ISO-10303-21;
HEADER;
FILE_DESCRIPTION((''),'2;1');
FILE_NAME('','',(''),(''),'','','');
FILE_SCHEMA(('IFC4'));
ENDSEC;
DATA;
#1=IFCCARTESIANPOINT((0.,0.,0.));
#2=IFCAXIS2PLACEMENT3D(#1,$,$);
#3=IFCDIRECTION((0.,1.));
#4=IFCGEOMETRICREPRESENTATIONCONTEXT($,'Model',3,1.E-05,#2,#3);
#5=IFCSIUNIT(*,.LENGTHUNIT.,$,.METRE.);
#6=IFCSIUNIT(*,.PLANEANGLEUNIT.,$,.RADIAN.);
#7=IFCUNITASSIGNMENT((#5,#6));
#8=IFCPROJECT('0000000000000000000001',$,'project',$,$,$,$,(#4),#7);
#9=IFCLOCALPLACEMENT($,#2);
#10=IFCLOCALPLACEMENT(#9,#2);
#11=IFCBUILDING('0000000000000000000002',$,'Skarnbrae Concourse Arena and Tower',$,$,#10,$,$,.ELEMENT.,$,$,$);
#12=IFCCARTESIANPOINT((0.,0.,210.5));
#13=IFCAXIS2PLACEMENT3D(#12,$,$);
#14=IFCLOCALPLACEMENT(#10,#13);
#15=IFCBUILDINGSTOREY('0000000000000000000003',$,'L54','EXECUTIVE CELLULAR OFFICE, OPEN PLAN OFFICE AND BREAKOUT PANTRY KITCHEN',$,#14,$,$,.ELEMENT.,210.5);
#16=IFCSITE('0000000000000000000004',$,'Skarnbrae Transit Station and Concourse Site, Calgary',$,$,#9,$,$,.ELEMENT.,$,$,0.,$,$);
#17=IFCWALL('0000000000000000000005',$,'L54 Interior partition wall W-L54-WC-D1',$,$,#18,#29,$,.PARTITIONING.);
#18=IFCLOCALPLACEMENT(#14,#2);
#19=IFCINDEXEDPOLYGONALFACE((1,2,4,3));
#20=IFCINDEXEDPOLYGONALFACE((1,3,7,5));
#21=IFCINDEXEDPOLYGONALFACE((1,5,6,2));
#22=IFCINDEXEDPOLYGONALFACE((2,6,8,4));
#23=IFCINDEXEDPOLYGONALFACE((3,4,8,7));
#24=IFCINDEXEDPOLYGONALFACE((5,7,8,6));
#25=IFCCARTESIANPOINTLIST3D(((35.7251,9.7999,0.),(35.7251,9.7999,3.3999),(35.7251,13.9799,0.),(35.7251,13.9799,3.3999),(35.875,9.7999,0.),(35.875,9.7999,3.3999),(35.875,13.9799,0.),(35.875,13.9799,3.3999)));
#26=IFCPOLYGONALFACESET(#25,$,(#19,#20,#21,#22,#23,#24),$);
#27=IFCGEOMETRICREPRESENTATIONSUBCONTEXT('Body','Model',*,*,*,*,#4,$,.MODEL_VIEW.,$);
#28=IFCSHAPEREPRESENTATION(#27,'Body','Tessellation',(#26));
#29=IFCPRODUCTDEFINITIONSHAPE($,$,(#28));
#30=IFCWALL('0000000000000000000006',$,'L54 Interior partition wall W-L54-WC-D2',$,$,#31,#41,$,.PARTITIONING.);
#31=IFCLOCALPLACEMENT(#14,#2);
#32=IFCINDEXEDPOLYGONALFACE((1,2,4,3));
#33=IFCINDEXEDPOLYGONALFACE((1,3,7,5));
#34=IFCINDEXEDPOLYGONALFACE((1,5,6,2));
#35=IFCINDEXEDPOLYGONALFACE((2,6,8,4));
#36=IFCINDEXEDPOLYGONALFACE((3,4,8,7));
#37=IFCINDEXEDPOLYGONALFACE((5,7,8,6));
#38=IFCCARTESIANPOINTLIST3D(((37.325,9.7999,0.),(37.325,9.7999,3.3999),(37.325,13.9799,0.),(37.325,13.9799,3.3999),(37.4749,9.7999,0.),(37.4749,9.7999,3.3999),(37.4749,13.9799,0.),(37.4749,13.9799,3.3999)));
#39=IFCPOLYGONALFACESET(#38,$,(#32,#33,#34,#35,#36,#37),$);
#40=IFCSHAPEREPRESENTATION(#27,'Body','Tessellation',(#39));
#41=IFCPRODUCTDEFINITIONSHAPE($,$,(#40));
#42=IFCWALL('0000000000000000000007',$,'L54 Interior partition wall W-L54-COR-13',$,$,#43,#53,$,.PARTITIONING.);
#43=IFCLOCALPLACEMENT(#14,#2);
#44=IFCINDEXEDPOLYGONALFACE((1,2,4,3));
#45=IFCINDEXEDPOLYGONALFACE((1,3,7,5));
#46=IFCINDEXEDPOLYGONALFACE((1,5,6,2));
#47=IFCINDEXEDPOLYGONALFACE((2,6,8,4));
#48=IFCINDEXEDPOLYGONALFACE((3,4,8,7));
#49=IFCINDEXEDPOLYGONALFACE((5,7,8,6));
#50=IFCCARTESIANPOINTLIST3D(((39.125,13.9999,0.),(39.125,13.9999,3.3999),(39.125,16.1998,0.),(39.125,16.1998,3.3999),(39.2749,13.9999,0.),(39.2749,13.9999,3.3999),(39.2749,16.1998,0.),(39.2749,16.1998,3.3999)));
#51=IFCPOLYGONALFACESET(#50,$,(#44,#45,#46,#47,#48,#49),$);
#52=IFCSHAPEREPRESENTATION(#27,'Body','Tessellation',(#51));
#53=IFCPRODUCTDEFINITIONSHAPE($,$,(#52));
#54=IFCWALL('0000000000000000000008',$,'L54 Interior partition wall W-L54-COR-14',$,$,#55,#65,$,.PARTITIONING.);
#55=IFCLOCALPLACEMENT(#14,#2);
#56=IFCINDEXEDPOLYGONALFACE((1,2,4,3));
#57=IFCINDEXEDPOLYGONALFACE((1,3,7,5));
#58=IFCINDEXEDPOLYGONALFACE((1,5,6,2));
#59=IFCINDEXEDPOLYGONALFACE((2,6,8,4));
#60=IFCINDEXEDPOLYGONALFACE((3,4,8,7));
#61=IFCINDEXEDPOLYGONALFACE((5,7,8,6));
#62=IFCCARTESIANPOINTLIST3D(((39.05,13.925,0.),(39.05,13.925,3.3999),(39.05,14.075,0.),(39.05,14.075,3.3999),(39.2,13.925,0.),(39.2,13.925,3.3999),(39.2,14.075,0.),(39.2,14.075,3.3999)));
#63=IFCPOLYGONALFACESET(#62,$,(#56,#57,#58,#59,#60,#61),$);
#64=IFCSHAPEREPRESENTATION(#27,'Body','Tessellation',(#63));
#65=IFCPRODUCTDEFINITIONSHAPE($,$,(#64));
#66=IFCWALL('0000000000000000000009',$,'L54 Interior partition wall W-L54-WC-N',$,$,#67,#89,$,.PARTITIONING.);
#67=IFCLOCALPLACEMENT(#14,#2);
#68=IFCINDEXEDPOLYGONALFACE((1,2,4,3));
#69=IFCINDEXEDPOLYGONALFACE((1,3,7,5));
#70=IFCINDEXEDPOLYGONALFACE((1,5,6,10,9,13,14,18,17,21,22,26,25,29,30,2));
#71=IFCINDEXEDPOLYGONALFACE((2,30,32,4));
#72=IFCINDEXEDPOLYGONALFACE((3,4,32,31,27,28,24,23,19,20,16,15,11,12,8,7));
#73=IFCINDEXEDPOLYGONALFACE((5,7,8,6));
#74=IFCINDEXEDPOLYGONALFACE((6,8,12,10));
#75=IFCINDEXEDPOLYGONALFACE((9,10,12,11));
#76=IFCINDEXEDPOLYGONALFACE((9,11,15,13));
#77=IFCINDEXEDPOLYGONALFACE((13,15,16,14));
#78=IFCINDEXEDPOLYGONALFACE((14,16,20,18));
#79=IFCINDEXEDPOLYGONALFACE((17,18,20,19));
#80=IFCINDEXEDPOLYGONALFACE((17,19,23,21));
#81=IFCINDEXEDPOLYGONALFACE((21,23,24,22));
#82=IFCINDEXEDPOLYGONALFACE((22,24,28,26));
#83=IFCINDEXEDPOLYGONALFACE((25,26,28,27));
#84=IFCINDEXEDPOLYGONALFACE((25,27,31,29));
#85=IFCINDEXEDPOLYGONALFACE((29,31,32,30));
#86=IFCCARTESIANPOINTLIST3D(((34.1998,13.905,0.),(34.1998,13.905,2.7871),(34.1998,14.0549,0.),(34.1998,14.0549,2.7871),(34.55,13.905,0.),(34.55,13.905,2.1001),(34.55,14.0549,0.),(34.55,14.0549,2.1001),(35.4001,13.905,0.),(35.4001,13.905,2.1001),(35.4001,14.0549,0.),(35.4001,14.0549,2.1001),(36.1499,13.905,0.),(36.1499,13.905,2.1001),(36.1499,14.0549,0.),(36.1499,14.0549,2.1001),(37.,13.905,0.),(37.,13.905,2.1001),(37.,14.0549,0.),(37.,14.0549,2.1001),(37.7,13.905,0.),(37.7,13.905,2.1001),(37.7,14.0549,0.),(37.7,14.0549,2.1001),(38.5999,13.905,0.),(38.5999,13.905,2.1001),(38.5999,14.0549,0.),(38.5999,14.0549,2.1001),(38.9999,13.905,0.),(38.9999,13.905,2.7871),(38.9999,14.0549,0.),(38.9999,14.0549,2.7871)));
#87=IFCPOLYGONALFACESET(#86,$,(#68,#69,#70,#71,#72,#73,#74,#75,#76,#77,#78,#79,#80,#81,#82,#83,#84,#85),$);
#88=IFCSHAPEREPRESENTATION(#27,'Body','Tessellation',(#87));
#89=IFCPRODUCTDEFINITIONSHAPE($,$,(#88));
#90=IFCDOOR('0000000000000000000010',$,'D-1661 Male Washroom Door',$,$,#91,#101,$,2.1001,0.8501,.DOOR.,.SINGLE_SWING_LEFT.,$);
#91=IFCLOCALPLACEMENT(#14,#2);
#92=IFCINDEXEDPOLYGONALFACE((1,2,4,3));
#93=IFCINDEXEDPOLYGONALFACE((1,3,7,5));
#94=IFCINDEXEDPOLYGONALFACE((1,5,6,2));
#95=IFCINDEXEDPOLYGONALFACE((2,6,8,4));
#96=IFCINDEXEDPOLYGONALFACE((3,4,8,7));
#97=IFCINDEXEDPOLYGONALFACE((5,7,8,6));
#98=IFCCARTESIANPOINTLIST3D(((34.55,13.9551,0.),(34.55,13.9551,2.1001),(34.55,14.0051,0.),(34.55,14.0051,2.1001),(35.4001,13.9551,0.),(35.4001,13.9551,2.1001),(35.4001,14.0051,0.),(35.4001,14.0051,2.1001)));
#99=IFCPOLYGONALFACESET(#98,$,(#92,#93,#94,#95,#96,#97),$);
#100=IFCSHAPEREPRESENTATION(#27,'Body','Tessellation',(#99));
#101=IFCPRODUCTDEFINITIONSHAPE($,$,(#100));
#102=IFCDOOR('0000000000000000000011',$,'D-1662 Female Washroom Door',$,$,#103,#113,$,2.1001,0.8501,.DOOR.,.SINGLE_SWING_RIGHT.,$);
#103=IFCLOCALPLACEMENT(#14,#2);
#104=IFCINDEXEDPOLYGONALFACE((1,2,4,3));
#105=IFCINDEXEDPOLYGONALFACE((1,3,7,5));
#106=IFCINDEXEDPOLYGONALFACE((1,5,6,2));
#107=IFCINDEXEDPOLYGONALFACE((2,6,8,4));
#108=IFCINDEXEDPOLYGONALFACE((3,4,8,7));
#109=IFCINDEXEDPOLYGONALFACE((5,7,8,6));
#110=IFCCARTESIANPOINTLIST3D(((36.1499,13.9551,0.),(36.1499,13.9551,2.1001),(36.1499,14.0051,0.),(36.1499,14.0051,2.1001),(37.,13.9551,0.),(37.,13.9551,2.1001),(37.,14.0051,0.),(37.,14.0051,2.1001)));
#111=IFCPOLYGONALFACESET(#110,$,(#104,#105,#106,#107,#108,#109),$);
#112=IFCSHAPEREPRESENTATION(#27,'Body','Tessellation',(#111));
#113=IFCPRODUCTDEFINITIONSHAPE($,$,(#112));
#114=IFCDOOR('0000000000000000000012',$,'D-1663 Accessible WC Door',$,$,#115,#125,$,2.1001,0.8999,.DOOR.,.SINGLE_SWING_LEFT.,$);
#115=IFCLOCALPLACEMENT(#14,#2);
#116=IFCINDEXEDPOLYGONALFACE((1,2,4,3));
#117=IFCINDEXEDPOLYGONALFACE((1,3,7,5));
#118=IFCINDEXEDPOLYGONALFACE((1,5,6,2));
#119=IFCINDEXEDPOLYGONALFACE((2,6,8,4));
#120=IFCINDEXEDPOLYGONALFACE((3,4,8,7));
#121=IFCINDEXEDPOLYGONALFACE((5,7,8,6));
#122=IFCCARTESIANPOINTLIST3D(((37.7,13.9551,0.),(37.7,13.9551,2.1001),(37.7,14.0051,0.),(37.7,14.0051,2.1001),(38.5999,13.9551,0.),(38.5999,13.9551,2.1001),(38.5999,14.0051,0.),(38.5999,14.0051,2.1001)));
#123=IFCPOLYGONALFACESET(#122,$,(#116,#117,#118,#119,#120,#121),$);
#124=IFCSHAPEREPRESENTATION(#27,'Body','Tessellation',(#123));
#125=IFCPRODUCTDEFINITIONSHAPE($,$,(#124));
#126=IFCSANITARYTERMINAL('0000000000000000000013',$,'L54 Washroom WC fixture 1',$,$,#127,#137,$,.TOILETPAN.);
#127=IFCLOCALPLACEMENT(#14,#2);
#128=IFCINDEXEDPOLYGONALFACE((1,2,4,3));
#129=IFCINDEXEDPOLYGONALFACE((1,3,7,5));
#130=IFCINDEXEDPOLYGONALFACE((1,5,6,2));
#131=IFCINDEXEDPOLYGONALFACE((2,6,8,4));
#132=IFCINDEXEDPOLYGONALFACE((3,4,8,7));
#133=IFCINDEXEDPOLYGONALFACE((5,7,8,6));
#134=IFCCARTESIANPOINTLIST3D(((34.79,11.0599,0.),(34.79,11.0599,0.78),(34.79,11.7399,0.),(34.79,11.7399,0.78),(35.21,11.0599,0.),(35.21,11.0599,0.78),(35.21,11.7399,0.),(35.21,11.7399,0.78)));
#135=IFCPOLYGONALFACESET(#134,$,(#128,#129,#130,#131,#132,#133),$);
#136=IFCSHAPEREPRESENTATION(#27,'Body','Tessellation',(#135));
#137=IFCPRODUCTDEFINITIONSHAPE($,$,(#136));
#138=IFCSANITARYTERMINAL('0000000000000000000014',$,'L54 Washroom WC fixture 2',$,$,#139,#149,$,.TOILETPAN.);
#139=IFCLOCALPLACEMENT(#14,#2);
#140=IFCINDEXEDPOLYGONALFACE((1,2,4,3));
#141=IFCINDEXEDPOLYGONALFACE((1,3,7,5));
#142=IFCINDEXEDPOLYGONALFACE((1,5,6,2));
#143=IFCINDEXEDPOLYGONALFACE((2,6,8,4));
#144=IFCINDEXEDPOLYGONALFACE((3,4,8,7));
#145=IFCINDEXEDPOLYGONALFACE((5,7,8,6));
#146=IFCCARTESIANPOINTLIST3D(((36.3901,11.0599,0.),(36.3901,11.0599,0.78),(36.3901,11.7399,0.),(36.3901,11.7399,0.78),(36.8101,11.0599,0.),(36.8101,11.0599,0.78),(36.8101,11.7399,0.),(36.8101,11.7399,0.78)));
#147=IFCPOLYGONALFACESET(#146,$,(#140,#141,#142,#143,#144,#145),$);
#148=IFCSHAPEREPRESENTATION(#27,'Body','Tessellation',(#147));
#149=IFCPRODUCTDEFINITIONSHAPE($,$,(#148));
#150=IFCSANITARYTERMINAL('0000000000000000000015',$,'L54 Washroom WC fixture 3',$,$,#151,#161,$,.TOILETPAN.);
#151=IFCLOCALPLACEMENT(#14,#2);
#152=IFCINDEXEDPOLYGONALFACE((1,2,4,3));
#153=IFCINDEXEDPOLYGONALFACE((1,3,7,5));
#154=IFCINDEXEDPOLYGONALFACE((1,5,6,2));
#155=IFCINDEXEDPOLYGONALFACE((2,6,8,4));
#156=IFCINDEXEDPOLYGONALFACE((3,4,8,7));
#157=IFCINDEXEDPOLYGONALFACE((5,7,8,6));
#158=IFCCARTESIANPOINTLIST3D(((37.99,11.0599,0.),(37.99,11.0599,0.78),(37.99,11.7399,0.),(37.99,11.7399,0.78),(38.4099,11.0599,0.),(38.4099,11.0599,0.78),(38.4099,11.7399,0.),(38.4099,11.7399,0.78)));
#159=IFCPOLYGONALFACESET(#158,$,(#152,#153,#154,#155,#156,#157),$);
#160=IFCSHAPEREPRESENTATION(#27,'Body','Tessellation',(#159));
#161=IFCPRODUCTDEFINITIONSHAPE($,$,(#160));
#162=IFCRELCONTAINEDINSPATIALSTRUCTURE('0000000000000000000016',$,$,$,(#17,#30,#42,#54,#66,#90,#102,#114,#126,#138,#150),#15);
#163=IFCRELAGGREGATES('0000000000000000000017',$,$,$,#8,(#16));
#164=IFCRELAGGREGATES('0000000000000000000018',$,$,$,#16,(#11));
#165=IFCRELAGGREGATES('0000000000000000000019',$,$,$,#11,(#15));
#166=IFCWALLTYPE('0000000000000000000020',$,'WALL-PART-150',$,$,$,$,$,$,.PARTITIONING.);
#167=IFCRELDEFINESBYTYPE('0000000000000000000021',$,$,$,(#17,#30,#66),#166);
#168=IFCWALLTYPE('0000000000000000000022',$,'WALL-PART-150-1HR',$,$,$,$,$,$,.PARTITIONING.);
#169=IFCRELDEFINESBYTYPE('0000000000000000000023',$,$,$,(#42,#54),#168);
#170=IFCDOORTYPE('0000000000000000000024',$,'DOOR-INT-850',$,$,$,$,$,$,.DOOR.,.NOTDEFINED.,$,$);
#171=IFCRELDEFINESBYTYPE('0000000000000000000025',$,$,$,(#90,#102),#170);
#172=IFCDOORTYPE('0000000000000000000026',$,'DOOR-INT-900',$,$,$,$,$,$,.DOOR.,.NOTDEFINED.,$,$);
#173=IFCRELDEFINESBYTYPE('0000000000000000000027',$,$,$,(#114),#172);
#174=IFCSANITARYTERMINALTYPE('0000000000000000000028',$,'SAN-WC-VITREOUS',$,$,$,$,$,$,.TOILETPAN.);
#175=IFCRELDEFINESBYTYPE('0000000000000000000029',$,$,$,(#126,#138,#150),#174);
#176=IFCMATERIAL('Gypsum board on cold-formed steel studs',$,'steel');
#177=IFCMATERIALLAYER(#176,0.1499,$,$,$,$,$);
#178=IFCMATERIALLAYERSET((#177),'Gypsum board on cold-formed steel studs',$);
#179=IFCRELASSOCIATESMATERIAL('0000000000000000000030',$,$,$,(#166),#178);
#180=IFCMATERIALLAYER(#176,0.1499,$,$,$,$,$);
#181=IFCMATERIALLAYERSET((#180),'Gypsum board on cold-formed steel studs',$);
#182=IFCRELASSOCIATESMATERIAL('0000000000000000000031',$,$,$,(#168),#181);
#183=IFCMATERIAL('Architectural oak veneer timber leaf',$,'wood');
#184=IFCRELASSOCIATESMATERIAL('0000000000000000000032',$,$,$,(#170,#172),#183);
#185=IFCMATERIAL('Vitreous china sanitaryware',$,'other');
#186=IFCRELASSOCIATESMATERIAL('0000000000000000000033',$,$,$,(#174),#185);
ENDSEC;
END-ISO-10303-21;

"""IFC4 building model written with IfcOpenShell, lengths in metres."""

from ifc_helpers import new_model, si_unit, direction, frame, frame_2d, origin, origin_2d, place, context, subcontext, project, spatial, rectangle, extrude, source, transform, mapped, material, layer, layer_set, type_object, element, fill, save


model = new_model("IFC4")

# Units and contexts
model_context = context("Model", 3, precision=1e-05, world=origin(), true_north=direction((0.0, 1.0)))
body_context = subcontext(model_context, "Body", "Model", "MODEL_VIEW")
ifc_project = project(units=[si_unit("LENGTHUNIT", "METRE"), si_unit("PLANEANGLEUNIT", "RADIAN")], contexts=[model_context])

# Site, building, storey
site_placement = place(None, origin())
site = spatial("IfcSite", under=ifc_project, at=site_placement, Name="Skarnbrae Transit Station and Concourse Site, Calgary", CompositionType="ELEMENT", RefElevation=0.0)
building_placement = place(site_placement, origin())
building = spatial("IfcBuilding", under=site, at=building_placement, Name="Skarnbrae Concourse Arena and Tower", CompositionType="ELEMENT")
storey_placement = place(building_placement, frame((0.0, 0.0, 210.5)))
storey = spatial("IfcBuildingStorey", under=building, at=storey_placement, Name="L54", Description="EXECUTIVE CELLULAR OFFICE, OPEN PLAN OFFICE AND BREAKOUT PANTRY KITCHEN", CompositionType="ELEMENT", Elevation=210.5)

# Walls
ifc_material_1 = material(Name="Gypsum board on cold-formed steel studs", Category="steel")
ifc_layer_1 = layer(ifc_material_1, 0.1499)
ifc_layer_set_1 = layer_set([ifc_layer_1], Name="Gypsum board on cold-formed steel studs")
wall_type_1 = type_object("IfcWallType", Name="WALL-PART-150", PredefinedType="PARTITIONING", material=ifc_layer_set_1)
shared_shape_1 = source(origin(), body_context, "Body", "SweptSolid", [
    extrude(rectangle(XDim=4.1799, YDim=0.1499, at=frame_2d((2.0898, 0.0))), origin(), (0.0, 0.0, 1.0), 3.3999),
])
for number, where, z_axis, x_axis, name in (
    (1, (35.8, 9.8, 0.0), (0.0, 0.0, 1.0), (0.0, 1.0, 0.0), "L54 Interior partition wall W-L54-WC-D1"),
    (2, (37.3999, 9.8, 0.0), (0.0, 0.0, 1.0), (0.0, 1.0, 0.0), "L54 Interior partition wall W-L54-WC-D2"),
):
    element("IfcWall", number, at=place(storey_placement, frame(where, z_axis=z_axis, x_axis=x_axis)), inside=storey, type_object=wall_type_1, Name=name, PredefinedType="PARTITIONING", context=body_context, shape_type="MappedRepresentation", body=[
        mapped(shared_shape_1, transform((0.0, 0.0, 0.0))),
    ])
ifc_layer_2 = layer(ifc_material_1, 0.1499)
ifc_layer_set_2 = layer_set([ifc_layer_2], Name="Gypsum board on cold-formed steel studs")
wall_type_2 = type_object("IfcWallType", Name="WALL-PART-150-1HR", PredefinedType="PARTITIONING", material=ifc_layer_set_2)
shared_shape_2 = source(origin(), body_context, "Body", "SweptSolid", [
    extrude(rectangle(XDim=2.2, YDim=0.1499, at=frame_2d((1.1001, 0.0))), origin(), (0.0, 0.0, 1.0), 3.3999),
])
wall_1_placement = place(storey_placement, frame((39.2, 16.2, 0.0), z_axis=(0.0, 0.0, 1.0), x_axis=(0.0, -1.0, 0.0)))
element("IfcWall", 3, at=wall_1_placement, inside=storey, type_object=wall_type_2, Name="L54 Interior partition wall W-L54-COR-13", PredefinedType="PARTITIONING", context=body_context, shape_type="MappedRepresentation", body=[
    mapped(shared_shape_2, transform((0.0, 0.0, 0.0))),
])
shared_shape_3 = source(origin(), body_context, "Body", "SweptSolid", [
    extrude(rectangle(XDim=0.1499, YDim=0.1499, at=frame_2d((0.075, 0.0))), origin(), (0.0, 0.0, 1.0), 3.3999),
])
wall_2_placement = place(storey_placement, frame((39.2, 14.0, 0.0), z_axis=(0.0, 0.0, 1.0), x_axis=(-1.0, 0.0, 0.0)))
element("IfcWall", 4, at=wall_2_placement, inside=storey, type_object=wall_type_2, Name="L54 Interior partition wall W-L54-COR-14", PredefinedType="PARTITIONING", context=body_context, shape_type="MappedRepresentation", body=[
    mapped(shared_shape_3, transform((0.0, 0.0, 0.0))),
])

# Wall, openings, doors
shared_shape_4 = source(origin(), body_context, "Body", "SweptSolid", [
    extrude(rectangle(XDim=4.8, YDim=0.1499, at=frame_2d((2.3999, 0.0))), origin(), (0.0, 0.0, 1.0), 2.7871),
])
wall_3_placement = place(storey_placement, frame((34.2, 13.98, 0.0), z_axis=(0.0, 0.0, 1.0), x_axis=(1.0, 0.0, 0.0)))
wall_3 = element("IfcWall", 5, at=wall_3_placement, inside=storey, type_object=wall_type_1, Name="L54 Interior partition wall W-L54-WC-N", PredefinedType="PARTITIONING", context=body_context, shape_type="MappedRepresentation", body=[
    mapped(shared_shape_4, transform((0.0, 0.0, 0.0))),
])
opening_1_placement = place(wall_3_placement, frame((0.3501, 0.0, 0.0)))
opening_1 = element("IfcOpeningElement", 6, at=opening_1_placement, cuts=wall_3, PredefinedType="OPENING", context=body_context, shape_type="SweptSolid", body=[
    extrude(rectangle(XDim=0.8501, YDim=2.1001, at=frame_2d((0.425, 1.05))), frame((0.0, 0.085, 0.0), z_axis=(0.0, -1.0, 0.0), x_axis=(1.0, 0.0, 0.0)), (0.0, 0.0, 1.0), 0.1699),
])
opening_2_placement = place(wall_3_placement, frame((1.95, 0.0, 0.0)))
opening_2 = element("IfcOpeningElement", 7, at=opening_2_placement, cuts=wall_3, PredefinedType="OPENING", context=body_context, shape_type="SweptSolid", body=[
    extrude(rectangle(XDim=0.8501, YDim=2.1001, at=frame_2d((0.425, 1.05))), frame((0.0, 0.085, 0.0), z_axis=(0.0, -1.0, 0.0), x_axis=(1.0, 0.0, 0.0)), (0.0, 0.0, 1.0), 0.1699),
])
opening_3_placement = place(wall_3_placement, frame((3.5, 0.0, 0.0)))
opening_3 = element("IfcOpeningElement", 8, at=opening_3_placement, cuts=wall_3, PredefinedType="OPENING", context=body_context, shape_type="SweptSolid", body=[
    extrude(rectangle(XDim=0.8999, YDim=2.1001, at=frame_2d((0.45, 1.05))), frame((0.0, 0.085, 0.0), z_axis=(0.0, -1.0, 0.0), x_axis=(1.0, 0.0, 0.0)), (0.0, 0.0, 1.0), 0.1699),
])
ifc_material_2 = material(Name="Architectural oak veneer timber leaf", Category="wood")
door_type_1 = type_object("IfcDoorType", Name="DOOR-INT-850", OperationType="NOTDEFINED", PredefinedType="DOOR", material=ifc_material_2)
shared_shape_5 = source(origin(), body_context, "Body", "SweptSolid", [
    extrude(rectangle(XDim=0.8501, YDim=2.1001, at=frame_2d((0.425, 1.05))), frame((0.0, 0.0249, 0.0), z_axis=(0.0, -1.0, 0.0), x_axis=(1.0, 0.0, 0.0)), (0.0, 0.0, 1.0), 0.05),
])
door_1_placement = place(opening_1_placement, frame((0.8501, 0.0, 0.0), z_axis=(0.0, 0.0, 1.0), x_axis=(-1.0, 0.0, 0.0)))
door_1 = element("IfcDoor", 9, at=door_1_placement, inside=storey, type_object=door_type_1, Name="D-1661 Male Washroom Door", OperationType="SINGLE_SWING_LEFT", OverallHeight=2.1001, OverallWidth=0.8501, PredefinedType="DOOR", context=body_context, shape_type="MappedRepresentation", body=[
    mapped(shared_shape_5, transform((0.0, 0.0, 0.0))),
])
fill(opening_1, door_1)
door_2_placement = place(opening_2_placement, frame((0.8501, 0.0, 0.0), z_axis=(0.0, 0.0, 1.0), x_axis=(-1.0, 0.0, 0.0)))
door_2 = element("IfcDoor", 10, at=door_2_placement, inside=storey, type_object=door_type_1, Name="D-1662 Female Washroom Door", OperationType="SINGLE_SWING_RIGHT", OverallHeight=2.1001, OverallWidth=0.8501, PredefinedType="DOOR", context=body_context, shape_type="MappedRepresentation", body=[
    mapped(shared_shape_5, transform((0.0, 0.0, 0.0))),
])
fill(opening_2, door_2)
door_type_2 = type_object("IfcDoorType", Name="DOOR-INT-900", OperationType="NOTDEFINED", PredefinedType="DOOR", material=ifc_material_2)
shared_shape_6 = source(origin(), body_context, "Body", "SweptSolid", [
    extrude(rectangle(XDim=0.8999, YDim=2.1001, at=frame_2d((0.45, 1.05))), frame((0.0, 0.0249, 0.0), z_axis=(0.0, -1.0, 0.0), x_axis=(1.0, 0.0, 0.0)), (0.0, 0.0, 1.0), 0.05),
])
door_3_placement = place(opening_3_placement, frame((0.8999, 0.0, 0.0), z_axis=(0.0, 0.0, 1.0), x_axis=(-1.0, 0.0, 0.0)))
door_3 = element("IfcDoor", 11, at=door_3_placement, inside=storey, type_object=door_type_2, Name="D-1663 Accessible WC Door", OperationType="SINGLE_SWING_LEFT", OverallHeight=2.1001, OverallWidth=0.8999, PredefinedType="DOOR", context=body_context, shape_type="MappedRepresentation", body=[
    mapped(shared_shape_6, transform((0.0, 0.0, 0.0))),
])
fill(opening_3, door_3)

# Sanitary terminals
ifc_material_3 = material(Name="Vitreous china sanitaryware", Category="other")
sanitary_terminal_type = type_object("IfcSanitaryTerminalType", Name="SAN-WC-VITREOUS", PredefinedType="TOILETPAN", material=ifc_material_3)
shared_shape_7 = source(origin(), body_context, "Body", "SweptSolid", [
    extrude(rectangle(XDim=0.4199, YDim=0.6799, at=origin_2d()), origin(), (0.0, 0.0, 1.0), 0.78),
])
for number, where, z_axis, x_axis, name in (
    (12, (35.0, 11.3999, 0.0), (0.0, 0.0, 1.0), (1.0, 0.0, 0.0), "L54 Washroom WC fixture 1"),
    (13, (36.6001, 11.3999, 0.0), (0.0, 0.0, 1.0), (1.0, 0.0, 0.0), "L54 Washroom WC fixture 2"),
    (14, (38.2, 11.3999, 0.0), (0.0, 0.0, 1.0), (1.0, 0.0, 0.0), "L54 Washroom WC fixture 3"),
):
    element("IfcSanitaryTerminal", number, at=place(storey_placement, frame(where, z_axis=z_axis, x_axis=x_axis)), inside=storey, type_object=sanitary_terminal_type, Name=name, PredefinedType="TOILETPAN", context=body_context, shape_type="MappedRepresentation", body=[
        mapped(shared_shape_7, transform((0.0, 0.0, 0.0))),
    ])

save(model, "model.ifc")
